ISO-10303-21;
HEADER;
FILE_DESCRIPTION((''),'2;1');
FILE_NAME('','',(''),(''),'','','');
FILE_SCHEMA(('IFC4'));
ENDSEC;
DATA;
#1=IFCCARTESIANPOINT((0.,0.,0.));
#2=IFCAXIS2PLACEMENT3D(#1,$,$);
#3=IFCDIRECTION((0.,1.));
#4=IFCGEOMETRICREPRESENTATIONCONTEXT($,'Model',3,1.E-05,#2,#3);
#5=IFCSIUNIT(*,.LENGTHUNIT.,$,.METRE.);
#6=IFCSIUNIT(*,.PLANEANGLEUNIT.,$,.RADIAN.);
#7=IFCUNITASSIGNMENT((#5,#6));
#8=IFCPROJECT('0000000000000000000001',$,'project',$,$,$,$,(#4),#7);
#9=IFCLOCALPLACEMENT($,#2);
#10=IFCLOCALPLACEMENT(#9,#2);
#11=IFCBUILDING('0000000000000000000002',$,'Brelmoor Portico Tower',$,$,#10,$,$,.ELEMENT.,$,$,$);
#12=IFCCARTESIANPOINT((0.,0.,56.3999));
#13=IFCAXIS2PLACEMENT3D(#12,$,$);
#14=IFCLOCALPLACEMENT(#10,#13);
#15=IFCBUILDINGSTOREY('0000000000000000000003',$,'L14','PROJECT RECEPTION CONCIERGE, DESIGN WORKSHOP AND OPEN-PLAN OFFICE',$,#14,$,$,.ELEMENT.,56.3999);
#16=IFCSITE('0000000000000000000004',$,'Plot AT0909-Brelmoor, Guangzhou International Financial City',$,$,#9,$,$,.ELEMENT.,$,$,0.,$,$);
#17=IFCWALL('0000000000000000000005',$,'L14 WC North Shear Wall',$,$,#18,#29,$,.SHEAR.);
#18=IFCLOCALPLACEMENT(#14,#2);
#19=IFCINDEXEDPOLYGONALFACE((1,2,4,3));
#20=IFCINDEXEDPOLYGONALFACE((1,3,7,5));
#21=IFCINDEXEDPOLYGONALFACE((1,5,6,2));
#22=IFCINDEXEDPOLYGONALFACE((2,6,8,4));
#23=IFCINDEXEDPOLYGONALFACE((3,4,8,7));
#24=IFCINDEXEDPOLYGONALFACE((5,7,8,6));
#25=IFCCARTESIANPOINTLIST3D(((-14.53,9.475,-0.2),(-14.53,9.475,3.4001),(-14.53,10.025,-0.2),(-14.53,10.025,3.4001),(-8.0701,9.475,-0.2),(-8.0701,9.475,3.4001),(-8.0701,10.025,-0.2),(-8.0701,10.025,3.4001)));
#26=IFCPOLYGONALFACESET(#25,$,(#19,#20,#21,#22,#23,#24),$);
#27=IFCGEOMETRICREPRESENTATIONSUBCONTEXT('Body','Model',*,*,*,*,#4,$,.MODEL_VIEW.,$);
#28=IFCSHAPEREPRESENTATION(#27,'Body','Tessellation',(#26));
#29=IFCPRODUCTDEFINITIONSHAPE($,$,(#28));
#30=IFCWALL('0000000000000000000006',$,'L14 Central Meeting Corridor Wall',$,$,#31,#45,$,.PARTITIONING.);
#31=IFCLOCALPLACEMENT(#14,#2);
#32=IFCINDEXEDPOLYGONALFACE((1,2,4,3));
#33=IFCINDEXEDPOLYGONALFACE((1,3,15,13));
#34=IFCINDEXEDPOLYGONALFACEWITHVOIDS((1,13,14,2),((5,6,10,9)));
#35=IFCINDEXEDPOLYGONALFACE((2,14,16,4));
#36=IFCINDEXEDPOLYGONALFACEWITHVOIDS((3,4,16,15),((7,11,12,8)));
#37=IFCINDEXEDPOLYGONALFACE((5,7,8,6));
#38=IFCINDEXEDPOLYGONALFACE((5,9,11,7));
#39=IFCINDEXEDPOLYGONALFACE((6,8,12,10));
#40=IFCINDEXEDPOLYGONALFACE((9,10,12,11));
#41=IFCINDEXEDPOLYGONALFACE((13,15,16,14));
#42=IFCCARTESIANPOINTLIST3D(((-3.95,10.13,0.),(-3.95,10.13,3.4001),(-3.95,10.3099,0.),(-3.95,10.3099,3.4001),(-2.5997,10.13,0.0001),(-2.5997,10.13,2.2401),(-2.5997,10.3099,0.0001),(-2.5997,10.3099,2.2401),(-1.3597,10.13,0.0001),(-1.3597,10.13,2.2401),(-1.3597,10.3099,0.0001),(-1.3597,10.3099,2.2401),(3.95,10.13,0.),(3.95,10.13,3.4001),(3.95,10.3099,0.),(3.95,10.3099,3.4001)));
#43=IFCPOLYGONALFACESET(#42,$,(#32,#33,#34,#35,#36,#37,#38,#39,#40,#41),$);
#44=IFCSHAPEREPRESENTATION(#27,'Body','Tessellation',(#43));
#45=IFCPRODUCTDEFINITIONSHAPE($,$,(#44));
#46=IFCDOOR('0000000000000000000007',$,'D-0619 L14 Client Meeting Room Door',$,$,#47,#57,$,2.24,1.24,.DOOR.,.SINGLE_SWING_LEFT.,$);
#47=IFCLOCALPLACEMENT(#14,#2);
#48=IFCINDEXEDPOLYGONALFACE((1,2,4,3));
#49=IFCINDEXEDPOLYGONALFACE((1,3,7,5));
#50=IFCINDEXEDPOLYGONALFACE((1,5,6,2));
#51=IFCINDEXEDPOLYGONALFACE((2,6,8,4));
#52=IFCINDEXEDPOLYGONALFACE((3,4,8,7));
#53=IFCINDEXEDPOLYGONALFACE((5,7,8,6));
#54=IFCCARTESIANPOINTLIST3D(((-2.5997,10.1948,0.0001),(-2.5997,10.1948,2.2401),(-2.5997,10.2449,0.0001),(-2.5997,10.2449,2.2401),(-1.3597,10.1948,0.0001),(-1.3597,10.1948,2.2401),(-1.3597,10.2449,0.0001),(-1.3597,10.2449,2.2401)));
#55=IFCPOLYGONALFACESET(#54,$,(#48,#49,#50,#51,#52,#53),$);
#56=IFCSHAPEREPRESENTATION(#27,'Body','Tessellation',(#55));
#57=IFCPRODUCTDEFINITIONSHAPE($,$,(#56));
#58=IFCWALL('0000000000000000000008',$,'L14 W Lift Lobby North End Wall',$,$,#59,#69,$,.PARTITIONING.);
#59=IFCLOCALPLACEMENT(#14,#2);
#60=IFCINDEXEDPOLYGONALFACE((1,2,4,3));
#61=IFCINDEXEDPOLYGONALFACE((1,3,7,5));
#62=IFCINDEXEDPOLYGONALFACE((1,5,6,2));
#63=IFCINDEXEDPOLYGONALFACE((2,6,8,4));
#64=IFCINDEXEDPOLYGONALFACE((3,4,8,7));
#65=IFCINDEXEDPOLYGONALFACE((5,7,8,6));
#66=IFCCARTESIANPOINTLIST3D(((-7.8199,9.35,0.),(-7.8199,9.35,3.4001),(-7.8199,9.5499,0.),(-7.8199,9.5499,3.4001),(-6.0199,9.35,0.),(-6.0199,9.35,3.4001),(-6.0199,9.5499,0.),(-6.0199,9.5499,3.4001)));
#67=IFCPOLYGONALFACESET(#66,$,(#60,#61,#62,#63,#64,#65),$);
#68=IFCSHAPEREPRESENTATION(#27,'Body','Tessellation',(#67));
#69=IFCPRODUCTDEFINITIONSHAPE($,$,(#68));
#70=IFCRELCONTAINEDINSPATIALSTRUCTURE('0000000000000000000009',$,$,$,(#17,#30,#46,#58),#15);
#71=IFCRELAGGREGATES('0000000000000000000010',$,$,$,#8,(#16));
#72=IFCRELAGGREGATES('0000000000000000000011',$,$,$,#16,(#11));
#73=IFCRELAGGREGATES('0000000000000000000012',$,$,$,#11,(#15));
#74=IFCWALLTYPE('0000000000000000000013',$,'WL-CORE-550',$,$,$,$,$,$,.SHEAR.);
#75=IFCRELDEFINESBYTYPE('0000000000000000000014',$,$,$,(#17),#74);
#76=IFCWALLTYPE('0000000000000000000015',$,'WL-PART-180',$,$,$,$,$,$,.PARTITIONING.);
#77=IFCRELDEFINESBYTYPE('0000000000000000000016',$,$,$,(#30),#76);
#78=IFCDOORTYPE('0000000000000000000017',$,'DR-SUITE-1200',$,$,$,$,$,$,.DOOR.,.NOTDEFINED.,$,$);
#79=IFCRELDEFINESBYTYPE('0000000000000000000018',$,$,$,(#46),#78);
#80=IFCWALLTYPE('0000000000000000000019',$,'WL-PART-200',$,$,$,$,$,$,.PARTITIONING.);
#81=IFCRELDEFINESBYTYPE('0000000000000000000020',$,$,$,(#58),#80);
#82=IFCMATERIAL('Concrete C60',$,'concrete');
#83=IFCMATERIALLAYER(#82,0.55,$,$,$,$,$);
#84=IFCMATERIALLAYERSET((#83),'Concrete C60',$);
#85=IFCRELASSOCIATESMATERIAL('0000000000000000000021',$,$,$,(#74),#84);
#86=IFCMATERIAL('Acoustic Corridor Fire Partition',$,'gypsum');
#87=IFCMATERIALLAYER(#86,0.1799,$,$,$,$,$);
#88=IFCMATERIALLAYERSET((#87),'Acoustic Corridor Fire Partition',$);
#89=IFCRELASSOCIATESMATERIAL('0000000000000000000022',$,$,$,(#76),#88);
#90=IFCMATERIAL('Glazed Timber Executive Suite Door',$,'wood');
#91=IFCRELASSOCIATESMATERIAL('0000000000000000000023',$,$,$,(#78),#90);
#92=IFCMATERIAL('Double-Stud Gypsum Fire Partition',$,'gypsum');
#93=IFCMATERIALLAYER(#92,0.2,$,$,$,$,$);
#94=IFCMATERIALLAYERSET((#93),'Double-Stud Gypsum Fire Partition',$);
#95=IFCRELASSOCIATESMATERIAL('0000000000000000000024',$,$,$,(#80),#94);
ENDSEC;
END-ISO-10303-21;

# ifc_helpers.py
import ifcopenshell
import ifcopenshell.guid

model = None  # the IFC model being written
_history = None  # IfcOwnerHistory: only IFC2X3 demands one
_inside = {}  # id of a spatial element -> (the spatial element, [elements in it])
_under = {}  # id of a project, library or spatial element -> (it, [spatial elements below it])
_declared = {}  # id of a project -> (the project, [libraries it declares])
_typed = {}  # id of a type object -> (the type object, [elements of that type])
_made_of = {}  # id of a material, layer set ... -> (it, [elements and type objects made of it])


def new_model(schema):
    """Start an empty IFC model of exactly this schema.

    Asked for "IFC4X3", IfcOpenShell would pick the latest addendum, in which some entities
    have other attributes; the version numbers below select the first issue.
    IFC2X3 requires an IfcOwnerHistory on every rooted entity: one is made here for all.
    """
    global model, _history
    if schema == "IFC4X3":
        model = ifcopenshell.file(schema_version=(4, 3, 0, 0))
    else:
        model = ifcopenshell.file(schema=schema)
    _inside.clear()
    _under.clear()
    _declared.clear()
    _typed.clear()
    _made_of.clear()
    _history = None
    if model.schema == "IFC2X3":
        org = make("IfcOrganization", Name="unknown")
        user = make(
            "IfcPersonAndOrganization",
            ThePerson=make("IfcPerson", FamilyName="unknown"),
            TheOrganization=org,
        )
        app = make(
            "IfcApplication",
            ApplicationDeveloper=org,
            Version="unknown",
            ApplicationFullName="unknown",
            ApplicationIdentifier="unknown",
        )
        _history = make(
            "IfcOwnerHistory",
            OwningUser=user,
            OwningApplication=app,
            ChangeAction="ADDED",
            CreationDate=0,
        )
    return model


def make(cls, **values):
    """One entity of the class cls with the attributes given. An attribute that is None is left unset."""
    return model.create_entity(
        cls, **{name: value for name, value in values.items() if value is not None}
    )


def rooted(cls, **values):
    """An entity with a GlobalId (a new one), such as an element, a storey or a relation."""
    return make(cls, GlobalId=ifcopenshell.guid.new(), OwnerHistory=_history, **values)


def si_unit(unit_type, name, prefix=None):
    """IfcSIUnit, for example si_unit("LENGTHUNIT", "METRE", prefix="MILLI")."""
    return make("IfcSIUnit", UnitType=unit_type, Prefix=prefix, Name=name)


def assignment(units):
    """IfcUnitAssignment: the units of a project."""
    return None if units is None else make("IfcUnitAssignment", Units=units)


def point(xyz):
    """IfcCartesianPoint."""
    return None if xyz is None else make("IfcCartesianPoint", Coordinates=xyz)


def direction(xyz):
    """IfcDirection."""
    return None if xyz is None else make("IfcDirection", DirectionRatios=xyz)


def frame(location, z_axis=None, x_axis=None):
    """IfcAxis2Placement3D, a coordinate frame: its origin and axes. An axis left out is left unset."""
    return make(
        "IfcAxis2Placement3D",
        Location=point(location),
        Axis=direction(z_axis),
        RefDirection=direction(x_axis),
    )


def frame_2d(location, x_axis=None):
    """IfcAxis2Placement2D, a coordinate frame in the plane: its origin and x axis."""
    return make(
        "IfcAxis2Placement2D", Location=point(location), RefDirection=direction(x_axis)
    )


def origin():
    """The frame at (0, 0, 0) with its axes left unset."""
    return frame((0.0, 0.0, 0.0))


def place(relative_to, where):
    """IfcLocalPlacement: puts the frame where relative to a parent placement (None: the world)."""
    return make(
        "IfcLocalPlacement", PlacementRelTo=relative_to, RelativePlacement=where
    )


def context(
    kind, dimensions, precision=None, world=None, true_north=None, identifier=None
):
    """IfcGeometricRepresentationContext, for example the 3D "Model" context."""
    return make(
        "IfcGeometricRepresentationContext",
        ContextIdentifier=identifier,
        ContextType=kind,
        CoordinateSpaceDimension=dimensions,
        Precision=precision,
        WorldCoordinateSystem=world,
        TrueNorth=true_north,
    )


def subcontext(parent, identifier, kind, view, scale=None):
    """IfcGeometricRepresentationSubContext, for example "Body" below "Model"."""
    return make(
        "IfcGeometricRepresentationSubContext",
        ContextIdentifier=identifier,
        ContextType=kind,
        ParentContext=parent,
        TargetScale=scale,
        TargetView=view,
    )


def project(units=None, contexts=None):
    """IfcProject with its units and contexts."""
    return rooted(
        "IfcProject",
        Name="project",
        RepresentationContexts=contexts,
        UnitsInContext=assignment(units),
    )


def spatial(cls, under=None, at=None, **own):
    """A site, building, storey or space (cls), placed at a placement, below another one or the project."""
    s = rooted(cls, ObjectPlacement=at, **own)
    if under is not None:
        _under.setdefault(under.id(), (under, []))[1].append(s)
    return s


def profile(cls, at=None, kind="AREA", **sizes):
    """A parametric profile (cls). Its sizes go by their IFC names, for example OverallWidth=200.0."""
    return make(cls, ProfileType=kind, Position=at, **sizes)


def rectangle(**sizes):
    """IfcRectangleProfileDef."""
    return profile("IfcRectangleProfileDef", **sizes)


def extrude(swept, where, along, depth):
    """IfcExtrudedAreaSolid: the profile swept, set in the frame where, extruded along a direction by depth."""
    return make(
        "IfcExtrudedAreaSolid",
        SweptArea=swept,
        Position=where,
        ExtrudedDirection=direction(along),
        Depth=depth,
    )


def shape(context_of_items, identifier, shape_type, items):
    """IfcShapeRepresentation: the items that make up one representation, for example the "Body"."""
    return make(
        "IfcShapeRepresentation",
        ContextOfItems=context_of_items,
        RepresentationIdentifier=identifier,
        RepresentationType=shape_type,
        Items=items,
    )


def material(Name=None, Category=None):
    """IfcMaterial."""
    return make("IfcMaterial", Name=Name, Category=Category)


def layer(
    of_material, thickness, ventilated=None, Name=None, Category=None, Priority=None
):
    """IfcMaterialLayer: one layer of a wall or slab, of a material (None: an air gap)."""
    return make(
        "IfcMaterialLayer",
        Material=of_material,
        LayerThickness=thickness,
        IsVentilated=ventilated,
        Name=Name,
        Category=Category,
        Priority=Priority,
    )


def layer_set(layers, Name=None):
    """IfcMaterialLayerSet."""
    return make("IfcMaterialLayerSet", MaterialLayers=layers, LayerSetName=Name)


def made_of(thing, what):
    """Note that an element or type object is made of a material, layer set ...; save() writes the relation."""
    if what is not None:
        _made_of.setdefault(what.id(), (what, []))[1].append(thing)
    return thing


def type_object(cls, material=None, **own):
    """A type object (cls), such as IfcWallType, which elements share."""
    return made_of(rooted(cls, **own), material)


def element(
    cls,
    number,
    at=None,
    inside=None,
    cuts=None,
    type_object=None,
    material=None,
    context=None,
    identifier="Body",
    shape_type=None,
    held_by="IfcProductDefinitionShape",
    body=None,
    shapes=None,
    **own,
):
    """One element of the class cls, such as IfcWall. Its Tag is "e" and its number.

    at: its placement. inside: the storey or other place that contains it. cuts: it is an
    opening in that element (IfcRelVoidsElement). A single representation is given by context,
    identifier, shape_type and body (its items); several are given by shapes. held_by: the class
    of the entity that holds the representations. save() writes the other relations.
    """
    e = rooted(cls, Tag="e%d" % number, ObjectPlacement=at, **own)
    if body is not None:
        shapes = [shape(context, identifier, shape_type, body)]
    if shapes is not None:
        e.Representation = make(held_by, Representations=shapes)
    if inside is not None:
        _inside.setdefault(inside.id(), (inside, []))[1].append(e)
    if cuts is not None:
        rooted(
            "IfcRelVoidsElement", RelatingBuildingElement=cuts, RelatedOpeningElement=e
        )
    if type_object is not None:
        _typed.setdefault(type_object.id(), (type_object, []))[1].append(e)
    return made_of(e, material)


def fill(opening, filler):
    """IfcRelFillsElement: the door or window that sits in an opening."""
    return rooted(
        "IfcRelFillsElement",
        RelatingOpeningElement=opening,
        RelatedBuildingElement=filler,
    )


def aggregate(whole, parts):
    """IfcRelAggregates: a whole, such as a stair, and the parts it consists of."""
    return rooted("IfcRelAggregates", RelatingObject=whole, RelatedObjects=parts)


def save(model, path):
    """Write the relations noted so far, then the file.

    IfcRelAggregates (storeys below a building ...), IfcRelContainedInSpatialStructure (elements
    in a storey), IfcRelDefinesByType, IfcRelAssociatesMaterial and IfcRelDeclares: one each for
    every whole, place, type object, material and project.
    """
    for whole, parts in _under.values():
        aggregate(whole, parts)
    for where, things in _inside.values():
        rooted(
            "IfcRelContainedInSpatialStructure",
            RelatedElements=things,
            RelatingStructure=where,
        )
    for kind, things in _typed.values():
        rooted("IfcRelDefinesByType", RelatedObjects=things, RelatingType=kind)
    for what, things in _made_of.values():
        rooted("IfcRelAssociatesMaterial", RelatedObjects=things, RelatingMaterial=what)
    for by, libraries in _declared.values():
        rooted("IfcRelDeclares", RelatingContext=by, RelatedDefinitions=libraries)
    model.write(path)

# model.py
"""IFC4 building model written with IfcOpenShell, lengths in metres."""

from ifc_helpers import new_model, si_unit, direction, frame, frame_2d, origin, place, context, subcontext, project, spatial, rectangle, extrude, material, layer, layer_set, type_object, element, fill, save


model = new_model("IFC4")

# Units and contexts
model_context = context("Model", 3, precision=1e-05, world=origin(), true_north=direction((0.0, 1.0)))
body_context = subcontext(model_context, "Body", "Model", "MODEL_VIEW")
ifc_project = project(units=[si_unit("LENGTHUNIT", "METRE"), si_unit("PLANEANGLEUNIT", "RADIAN")], contexts=[model_context])

# Site, building, storey
site_placement = place(None, origin())
site = spatial("IfcSite", under=ifc_project, at=site_placement, Name="Plot AT0909-Brelmoor, Guangzhou International Financial City", CompositionType="ELEMENT", RefElevation=0.0)
building_placement = place(site_placement, origin())
building = spatial("IfcBuilding", under=site, at=building_placement, Name="Brelmoor Portico Tower", CompositionType="ELEMENT")
storey_placement = place(building_placement, frame((0.0, 0.0, 56.3999)))
storey = spatial("IfcBuildingStorey", under=building, at=storey_placement, Name="L14", Description="PROJECT RECEPTION CONCIERGE, DESIGN WORKSHOP AND OPEN-PLAN OFFICE", CompositionType="ELEMENT", Elevation=56.3999)

# Wall
ifc_material_1 = material(Name="Concrete C60", Category="concrete")
ifc_layer_1 = layer(ifc_material_1, 0.55)
ifc_layer_set_1 = layer_set([ifc_layer_1], Name="Concrete C60")
wall_type_1 = type_object("IfcWallType", Name="WL-CORE-550", PredefinedType="SHEAR", material=ifc_layer_set_1)
wall_1_placement = place(storey_placement, frame((-14.53, 9.75, -0.2), z_axis=(0.0, 0.0, 1.0), x_axis=(1.0, 0.0, 0.0)))
element("IfcWall", 1, at=wall_1_placement, inside=storey, type_object=wall_type_1, Name="L14 WC North Shear Wall", PredefinedType="SHEAR", context=body_context, shape_type="SweptSolid", body=[
    extrude(rectangle(XDim=6.46, YDim=0.55, at=frame_2d((3.23, 0.0))), origin(), (0.0, 0.0, 1.0), 3.6001),
])

# Wall, opening, door
ifc_material_2 = material(Name="Acoustic Corridor Fire Partition", Category="gypsum")
ifc_layer_2 = layer(ifc_material_2, 0.1799)
ifc_layer_set_2 = layer_set([ifc_layer_2], Name="Acoustic Corridor Fire Partition")
wall_type_2 = type_object("IfcWallType", Name="WL-PART-180", PredefinedType="PARTITIONING", material=ifc_layer_set_2)
wall_2_placement = place(storey_placement, frame((-3.95, 10.22, 0.0), z_axis=(0.0, 0.0, 1.0), x_axis=(1.0, 0.0, 0.0)))
wall_2 = element("IfcWall", 2, at=wall_2_placement, inside=storey, type_object=wall_type_2, Name="L14 Central Meeting Corridor Wall", PredefinedType="PARTITIONING", context=body_context, shape_type="SweptSolid", body=[
    extrude(rectangle(XDim=7.8999, YDim=0.1799, at=frame_2d((3.95, 0.0))), origin(), (0.0, 0.0, 1.0), 3.4001),
])
opening_placement = place(wall_2_placement, frame((1.3501, 0.0, 0.0)))
opening = element("IfcOpeningElement", 3, at=opening_placement, cuts=wall_2, PredefinedType="OPENING", context=body_context, shape_type="SweptSolid", body=[
    extrude(rectangle(XDim=1.24, YDim=2.24, at=frame_2d((0.6201, 1.1201))), frame((0.0, 0.0999, 0.0), z_axis=(0.0, -1.0, 0.0), x_axis=(1.0, 0.0, 0.0)), (0.0, 0.0, 1.0), 0.2),
])
ifc_material_3 = material(Name="Glazed Timber Executive Suite Door", Category="wood")
door_type = type_object("IfcDoorType", Name="DR-SUITE-1200", OperationType="NOTDEFINED", PredefinedType="DOOR", material=ifc_material_3)
door_placement = place(opening_placement, origin())
door = element("IfcDoor", 4, at=door_placement, inside=storey, type_object=door_type, Name="D-0619 L14 Client Meeting Room Door", OperationType="SINGLE_SWING_LEFT", OverallHeight=2.24, OverallWidth=1.24, PredefinedType="DOOR", context=body_context, shape_type="SweptSolid", body=[
    extrude(rectangle(XDim=1.24, YDim=2.24, at=frame_2d((0.6201, 1.1201))), frame((0.0, 0.0249, 0.0), z_axis=(0.0, -1.0, 0.0), x_axis=(1.0, 0.0, 0.0)), (0.0, 0.0, 1.0), 0.05),
])
fill(opening, door)

# Wall
ifc_material_4 = material(Name="Double-Stud Gypsum Fire Partition", Category="gypsum")
ifc_layer_3 = layer(ifc_material_4, 0.2)
ifc_layer_set_3 = layer_set([ifc_layer_3], Name="Double-Stud Gypsum Fire Partition")
wall_type_3 = type_object("IfcWallType", Name="WL-PART-200", PredefinedType="PARTITIONING", material=ifc_layer_set_3)
wall_3_placement = place(storey_placement, frame((-6.02, 9.45, 0.0), z_axis=(0.0, 0.0, 1.0), x_axis=(-1.0, 0.0, 0.0)))
element("IfcWall", 5, at=wall_3_placement, inside=storey, type_object=wall_type_3, Name="L14 W Lift Lobby North End Wall", PredefinedType="PARTITIONING", context=body_context, shape_type="SweptSolid", body=[
    extrude(rectangle(XDim=1.8, YDim=0.2, at=frame_2d((0.8999, 0.0))), origin(), (0.0, 0.0, 1.0), 3.4001),
])

save(model, "model.ifc")
